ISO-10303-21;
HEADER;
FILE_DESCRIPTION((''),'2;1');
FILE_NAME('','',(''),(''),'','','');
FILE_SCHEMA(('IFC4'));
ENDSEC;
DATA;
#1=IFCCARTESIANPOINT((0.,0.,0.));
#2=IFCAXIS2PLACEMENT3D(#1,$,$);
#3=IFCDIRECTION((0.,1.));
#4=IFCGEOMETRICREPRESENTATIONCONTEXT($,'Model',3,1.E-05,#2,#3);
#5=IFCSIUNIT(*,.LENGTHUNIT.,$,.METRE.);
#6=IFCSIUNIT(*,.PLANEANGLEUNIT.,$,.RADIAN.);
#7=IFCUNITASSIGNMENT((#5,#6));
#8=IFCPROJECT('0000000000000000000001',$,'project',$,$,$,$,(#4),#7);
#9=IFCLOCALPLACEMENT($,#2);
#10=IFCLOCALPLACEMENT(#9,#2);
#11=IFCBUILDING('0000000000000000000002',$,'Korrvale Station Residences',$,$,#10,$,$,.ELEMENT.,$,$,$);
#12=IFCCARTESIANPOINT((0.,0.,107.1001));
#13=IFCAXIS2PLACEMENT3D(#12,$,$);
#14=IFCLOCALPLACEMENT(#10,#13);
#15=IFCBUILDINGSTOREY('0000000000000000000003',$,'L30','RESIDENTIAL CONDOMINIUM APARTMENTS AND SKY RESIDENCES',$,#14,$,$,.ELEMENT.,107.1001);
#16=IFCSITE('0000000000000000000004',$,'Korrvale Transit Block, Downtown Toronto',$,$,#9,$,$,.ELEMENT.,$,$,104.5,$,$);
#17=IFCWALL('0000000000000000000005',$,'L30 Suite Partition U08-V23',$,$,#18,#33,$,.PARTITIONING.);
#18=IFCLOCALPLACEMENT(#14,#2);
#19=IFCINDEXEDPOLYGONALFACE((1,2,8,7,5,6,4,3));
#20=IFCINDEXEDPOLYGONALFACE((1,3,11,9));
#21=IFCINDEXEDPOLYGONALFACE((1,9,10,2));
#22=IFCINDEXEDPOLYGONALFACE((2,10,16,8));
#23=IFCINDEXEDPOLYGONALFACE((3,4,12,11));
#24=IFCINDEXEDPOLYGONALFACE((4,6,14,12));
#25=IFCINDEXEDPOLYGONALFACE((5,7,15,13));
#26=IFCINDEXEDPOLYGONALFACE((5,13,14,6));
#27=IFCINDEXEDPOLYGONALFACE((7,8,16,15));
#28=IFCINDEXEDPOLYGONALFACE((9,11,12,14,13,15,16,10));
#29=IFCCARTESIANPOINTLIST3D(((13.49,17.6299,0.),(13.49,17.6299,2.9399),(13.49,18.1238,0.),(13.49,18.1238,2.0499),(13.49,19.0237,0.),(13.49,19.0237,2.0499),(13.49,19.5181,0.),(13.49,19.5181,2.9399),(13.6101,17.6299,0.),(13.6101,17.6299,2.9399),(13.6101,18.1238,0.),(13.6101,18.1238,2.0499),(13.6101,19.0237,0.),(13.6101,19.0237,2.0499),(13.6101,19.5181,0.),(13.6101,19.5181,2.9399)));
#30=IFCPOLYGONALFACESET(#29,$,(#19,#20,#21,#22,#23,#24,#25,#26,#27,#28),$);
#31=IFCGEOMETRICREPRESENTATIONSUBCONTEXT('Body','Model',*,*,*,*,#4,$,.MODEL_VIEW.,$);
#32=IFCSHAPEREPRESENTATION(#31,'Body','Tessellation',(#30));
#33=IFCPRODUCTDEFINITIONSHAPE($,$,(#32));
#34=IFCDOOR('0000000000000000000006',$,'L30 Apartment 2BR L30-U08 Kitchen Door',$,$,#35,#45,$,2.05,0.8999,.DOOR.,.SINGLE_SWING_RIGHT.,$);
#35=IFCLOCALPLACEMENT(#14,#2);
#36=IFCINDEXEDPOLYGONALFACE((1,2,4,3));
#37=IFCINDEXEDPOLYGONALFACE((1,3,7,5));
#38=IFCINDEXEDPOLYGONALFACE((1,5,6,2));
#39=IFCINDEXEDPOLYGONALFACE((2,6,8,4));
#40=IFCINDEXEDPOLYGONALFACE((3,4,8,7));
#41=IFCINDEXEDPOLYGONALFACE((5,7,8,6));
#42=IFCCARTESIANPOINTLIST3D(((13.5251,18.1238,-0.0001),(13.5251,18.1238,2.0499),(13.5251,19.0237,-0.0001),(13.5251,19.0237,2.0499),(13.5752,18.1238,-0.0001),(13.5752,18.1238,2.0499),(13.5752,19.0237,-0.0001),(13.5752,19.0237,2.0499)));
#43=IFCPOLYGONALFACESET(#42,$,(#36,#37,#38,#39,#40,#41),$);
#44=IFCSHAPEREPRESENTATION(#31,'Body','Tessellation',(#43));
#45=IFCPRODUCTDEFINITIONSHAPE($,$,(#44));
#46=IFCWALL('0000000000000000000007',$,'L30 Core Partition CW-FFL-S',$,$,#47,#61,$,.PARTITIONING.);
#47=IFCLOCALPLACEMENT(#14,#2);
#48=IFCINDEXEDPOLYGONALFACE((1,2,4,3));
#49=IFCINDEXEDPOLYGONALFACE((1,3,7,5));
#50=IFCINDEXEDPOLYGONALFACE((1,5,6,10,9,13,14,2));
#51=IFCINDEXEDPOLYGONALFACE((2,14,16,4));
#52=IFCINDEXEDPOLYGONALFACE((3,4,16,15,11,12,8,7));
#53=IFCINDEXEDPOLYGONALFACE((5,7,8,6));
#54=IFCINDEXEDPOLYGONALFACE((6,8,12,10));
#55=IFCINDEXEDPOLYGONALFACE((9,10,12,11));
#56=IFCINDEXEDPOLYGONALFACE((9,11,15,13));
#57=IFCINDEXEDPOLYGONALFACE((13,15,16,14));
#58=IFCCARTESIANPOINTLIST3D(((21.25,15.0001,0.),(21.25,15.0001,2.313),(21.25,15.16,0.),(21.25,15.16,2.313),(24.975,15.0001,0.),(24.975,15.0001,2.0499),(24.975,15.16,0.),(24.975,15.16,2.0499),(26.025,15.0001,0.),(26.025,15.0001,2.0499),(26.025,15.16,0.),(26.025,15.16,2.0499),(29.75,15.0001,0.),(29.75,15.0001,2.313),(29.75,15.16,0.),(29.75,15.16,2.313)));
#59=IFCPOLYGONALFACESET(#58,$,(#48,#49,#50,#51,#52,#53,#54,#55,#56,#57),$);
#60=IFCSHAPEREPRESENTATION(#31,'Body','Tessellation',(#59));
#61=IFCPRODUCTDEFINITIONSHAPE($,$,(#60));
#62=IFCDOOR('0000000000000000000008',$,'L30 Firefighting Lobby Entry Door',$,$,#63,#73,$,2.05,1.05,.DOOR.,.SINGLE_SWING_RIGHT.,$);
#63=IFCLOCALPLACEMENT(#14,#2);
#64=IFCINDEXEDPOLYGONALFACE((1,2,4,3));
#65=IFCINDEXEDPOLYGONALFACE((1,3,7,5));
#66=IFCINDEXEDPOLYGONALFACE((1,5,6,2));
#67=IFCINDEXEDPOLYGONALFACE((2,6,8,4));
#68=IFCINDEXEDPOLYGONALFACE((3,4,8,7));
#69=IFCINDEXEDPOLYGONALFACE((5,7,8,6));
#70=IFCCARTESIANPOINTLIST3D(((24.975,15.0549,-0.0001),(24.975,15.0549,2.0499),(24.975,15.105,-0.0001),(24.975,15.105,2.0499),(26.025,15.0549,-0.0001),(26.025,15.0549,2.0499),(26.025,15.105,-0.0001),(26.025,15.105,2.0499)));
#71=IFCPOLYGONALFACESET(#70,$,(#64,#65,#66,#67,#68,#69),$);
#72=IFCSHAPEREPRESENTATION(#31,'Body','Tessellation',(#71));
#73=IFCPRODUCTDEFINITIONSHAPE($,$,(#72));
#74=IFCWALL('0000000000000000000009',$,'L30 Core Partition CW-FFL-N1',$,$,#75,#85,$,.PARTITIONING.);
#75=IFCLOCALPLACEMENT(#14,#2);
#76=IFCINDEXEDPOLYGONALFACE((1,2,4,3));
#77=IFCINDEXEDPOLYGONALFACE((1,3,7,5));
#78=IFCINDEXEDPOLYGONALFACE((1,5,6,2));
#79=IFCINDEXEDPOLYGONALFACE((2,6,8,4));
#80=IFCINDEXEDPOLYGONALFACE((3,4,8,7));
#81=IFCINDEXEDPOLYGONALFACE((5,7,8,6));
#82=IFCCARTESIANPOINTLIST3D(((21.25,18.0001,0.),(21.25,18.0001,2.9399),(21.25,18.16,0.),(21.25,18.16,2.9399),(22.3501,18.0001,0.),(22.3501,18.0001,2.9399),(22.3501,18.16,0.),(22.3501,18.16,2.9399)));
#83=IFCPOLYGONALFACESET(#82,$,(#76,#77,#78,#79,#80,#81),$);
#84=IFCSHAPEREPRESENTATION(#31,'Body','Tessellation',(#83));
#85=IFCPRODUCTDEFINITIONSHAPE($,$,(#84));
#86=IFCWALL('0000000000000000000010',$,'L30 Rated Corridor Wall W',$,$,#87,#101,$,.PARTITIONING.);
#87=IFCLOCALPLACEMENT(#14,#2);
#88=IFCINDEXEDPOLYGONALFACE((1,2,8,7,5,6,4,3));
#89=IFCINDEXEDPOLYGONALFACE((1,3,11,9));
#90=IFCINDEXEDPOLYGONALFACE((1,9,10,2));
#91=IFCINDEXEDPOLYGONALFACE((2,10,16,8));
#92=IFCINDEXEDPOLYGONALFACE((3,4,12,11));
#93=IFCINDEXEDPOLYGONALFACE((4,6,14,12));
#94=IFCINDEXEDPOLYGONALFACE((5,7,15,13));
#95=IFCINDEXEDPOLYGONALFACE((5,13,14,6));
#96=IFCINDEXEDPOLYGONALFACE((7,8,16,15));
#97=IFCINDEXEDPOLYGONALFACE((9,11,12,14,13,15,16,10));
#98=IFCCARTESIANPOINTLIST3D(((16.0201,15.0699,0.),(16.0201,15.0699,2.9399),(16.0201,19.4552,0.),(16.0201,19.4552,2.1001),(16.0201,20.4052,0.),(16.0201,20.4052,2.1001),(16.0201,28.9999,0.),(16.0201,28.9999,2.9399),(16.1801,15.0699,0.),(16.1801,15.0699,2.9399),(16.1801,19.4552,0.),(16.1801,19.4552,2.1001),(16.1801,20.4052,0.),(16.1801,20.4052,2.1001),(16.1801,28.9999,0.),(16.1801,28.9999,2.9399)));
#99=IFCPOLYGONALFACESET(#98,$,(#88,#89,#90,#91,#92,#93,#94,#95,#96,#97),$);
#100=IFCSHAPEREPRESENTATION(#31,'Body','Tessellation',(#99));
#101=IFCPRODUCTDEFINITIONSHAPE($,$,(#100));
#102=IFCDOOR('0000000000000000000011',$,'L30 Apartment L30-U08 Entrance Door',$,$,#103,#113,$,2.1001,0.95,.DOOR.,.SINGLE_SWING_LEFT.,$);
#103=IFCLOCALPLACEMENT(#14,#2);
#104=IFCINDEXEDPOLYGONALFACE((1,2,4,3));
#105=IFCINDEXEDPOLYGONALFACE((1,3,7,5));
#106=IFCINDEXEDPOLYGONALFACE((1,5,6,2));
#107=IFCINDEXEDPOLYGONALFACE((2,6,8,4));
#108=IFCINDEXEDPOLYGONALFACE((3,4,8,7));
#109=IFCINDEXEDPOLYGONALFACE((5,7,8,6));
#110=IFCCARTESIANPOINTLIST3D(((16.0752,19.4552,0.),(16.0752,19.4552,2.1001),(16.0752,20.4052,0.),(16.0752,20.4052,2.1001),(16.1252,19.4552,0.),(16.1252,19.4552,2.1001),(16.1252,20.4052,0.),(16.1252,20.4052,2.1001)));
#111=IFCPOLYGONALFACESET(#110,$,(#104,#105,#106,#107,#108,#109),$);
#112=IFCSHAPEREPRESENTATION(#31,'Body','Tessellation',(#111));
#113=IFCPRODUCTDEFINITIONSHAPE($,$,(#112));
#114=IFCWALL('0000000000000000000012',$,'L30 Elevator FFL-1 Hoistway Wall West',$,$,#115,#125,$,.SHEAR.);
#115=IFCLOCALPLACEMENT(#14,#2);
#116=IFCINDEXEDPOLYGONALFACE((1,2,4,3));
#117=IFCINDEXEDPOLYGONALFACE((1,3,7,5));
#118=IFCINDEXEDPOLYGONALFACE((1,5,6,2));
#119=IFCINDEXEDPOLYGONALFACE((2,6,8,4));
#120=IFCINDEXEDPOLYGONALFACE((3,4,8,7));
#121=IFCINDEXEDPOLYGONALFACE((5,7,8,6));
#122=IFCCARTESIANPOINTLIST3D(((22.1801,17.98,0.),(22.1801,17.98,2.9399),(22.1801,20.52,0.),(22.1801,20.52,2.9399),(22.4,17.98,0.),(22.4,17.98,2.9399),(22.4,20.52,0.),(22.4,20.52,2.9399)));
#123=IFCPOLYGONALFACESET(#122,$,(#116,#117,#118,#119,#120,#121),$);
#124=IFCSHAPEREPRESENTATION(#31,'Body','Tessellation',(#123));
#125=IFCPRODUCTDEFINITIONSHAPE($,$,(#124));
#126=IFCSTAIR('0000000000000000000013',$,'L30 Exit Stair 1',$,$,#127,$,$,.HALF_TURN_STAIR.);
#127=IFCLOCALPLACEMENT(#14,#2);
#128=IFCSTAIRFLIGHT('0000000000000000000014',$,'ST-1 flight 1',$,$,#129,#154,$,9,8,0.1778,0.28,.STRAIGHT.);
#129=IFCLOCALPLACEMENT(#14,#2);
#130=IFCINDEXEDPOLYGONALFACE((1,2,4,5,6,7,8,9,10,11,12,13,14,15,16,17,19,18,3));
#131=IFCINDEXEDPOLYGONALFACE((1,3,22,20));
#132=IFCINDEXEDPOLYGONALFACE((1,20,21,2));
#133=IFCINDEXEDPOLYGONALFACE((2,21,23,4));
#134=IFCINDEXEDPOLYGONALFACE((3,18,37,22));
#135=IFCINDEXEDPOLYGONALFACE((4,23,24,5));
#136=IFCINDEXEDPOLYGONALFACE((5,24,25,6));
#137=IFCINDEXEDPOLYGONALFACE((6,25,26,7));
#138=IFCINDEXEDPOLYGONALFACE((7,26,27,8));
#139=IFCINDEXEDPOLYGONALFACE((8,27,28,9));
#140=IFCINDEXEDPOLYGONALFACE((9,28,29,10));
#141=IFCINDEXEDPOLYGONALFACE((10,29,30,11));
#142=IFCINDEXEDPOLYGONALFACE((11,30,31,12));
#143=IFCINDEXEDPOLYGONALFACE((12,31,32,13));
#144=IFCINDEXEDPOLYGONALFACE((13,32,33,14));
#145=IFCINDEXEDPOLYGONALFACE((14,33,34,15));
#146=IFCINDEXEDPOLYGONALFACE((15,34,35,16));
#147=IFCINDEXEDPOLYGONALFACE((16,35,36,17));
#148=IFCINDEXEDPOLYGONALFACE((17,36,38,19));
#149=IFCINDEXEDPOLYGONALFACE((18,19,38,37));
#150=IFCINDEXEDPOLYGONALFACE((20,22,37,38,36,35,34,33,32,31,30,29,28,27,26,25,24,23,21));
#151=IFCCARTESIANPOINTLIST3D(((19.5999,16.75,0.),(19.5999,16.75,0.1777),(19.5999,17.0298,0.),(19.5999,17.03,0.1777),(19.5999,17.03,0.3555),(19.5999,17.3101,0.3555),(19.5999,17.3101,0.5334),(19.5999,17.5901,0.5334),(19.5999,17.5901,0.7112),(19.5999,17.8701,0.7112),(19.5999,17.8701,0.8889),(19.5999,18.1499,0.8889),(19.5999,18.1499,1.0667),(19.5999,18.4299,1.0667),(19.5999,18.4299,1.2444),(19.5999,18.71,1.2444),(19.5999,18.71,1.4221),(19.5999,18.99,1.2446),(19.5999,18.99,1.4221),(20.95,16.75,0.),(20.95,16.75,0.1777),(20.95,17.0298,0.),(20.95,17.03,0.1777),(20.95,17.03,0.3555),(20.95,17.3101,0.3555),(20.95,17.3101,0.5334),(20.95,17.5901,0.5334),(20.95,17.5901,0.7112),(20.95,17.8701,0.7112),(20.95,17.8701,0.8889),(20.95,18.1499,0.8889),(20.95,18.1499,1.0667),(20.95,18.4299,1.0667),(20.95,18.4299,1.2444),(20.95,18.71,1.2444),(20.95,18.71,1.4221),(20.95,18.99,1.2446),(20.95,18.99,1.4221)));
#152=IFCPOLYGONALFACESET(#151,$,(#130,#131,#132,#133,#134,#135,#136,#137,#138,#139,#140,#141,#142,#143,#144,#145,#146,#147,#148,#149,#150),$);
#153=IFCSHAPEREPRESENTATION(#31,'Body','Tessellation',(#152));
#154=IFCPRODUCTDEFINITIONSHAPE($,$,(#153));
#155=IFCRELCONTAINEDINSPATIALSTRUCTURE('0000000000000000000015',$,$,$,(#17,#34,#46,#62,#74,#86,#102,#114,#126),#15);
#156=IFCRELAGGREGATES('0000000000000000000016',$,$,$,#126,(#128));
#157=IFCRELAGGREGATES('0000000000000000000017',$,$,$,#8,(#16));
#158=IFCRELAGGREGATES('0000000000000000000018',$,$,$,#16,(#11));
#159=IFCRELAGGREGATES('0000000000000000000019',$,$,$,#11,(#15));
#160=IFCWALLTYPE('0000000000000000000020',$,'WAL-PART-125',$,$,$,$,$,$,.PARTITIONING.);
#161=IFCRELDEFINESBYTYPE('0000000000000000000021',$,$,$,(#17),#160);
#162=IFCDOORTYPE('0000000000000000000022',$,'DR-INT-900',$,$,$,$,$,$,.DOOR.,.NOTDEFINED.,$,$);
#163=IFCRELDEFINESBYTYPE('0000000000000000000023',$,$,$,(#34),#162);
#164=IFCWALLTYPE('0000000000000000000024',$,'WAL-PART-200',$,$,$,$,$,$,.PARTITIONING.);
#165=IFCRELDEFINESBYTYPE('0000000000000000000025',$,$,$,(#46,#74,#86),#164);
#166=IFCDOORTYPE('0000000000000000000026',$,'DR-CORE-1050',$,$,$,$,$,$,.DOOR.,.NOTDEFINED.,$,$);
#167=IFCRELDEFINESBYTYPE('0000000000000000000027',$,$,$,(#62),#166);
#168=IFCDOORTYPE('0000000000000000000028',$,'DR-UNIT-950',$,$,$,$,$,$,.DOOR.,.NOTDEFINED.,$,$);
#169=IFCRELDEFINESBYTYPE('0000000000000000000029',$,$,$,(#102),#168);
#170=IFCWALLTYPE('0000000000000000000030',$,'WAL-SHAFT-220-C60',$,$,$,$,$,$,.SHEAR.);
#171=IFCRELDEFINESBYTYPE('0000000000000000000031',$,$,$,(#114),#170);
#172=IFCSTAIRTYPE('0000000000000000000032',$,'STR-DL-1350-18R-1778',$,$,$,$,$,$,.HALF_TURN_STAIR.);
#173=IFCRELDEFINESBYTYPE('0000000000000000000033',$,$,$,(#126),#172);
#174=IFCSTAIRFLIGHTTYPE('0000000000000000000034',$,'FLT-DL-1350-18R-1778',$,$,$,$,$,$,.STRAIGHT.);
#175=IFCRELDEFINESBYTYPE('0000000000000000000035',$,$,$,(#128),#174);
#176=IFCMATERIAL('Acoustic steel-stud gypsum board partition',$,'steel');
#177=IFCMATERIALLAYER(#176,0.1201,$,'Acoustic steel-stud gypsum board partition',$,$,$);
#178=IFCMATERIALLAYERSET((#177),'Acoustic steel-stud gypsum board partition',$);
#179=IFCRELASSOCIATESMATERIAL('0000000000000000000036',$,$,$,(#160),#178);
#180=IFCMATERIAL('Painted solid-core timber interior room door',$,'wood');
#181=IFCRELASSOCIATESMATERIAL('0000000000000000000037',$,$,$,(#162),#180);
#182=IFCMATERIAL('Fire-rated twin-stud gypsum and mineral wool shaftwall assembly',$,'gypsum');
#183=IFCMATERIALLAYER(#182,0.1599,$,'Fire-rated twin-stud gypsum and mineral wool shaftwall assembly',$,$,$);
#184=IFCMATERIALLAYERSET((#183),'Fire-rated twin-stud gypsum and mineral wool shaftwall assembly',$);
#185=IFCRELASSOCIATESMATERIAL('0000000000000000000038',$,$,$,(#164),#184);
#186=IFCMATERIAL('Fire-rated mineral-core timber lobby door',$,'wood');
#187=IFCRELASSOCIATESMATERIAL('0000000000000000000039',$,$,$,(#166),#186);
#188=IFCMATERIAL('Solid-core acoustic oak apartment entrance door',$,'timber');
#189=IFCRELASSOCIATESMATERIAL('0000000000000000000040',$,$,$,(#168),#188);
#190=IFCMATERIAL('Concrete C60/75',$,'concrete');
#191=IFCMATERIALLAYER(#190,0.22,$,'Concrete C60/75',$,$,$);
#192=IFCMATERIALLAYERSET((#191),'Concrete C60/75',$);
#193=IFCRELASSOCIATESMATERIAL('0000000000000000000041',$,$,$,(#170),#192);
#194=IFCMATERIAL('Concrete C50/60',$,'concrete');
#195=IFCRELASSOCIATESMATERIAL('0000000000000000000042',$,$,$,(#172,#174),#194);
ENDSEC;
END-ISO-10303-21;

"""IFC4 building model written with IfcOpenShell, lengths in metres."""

from ifc_helpers import new_model, si_unit, direction, frame, frame_2d, origin, place, context, subcontext, project, spatial, polyline, rectangle, outline, extrude, material, layer, layer_set, type_object, element, fill, aggregate, save


model = new_model("IFC4")

# Units and contexts
model_context = context("Model", 3, precision=1e-05, world=origin(), true_north=direction((0.0, 1.0)))
body_context = subcontext(model_context, "Body", "Model", "MODEL_VIEW")
ifc_project = project(units=[si_unit("LENGTHUNIT", "METRE"), si_unit("PLANEANGLEUNIT", "RADIAN")], contexts=[model_context])

# Site, building, storey
site_placement = place(None, origin())
site = spatial("IfcSite", under=ifc_project, at=site_placement, Name="Korrvale Transit Block, Downtown Toronto", CompositionType="ELEMENT", RefElevation=104.5)
building_placement = place(site_placement, origin())
building = spatial("IfcBuilding", under=site, at=building_placement, Name="Korrvale Station Residences", CompositionType="ELEMENT")
storey_placement = place(building_placement, frame((0.0, 0.0, 107.1001)))
storey = spatial("IfcBuildingStorey", under=building, at=storey_placement, Name="L30", Description="RESIDENTIAL CONDOMINIUM APARTMENTS AND SKY RESIDENCES", CompositionType="ELEMENT", Elevation=107.1001)

# Shared definitions
ifc_material_1 = material(Name="Concrete C60/75", Category="concrete")

# Shared definitions
ifc_material_2 = material(Name="Acoustic steel-stud gypsum board partition", Category="steel")
ifc_layer_1 = layer(ifc_material_2, 0.1201, Name="Acoustic steel-stud gypsum board partition")
ifc_layer_set_1 = layer_set([ifc_layer_1], Name="Acoustic steel-stud gypsum board partition")
wall_type_1 = type_object("IfcWallType", Name="WAL-PART-125", PredefinedType="PARTITIONING", material=ifc_layer_set_1)

# Walls, openings, doors
wall_1_placement = place(storey_placement, frame((13.55, 17.6299, 0.0), z_axis=(0.0, 0.0, 1.0), x_axis=(0.0, 1.0, 0.0)))
wall_1 = element("IfcWall", 1, at=wall_1_placement, inside=storey, type_object=wall_type_1, Name="L30 Suite Partition U08-V23", PredefinedType="PARTITIONING", context=body_context, shape_type="SweptSolid", body=[
    extrude(rectangle(XDim=1.8882, YDim=0.1201, at=frame_2d((0.9441, 0.0))), origin(), (0.0, 0.0, 1.0), 2.9399),
])
opening_1_placement = place(wall_1_placement, frame((0.4939, 0.0, 0.0)))
opening_1 = element("IfcOpeningElement", 2, at=opening_1_placement, cuts=wall_1, PredefinedType="OPENING", context=body_context, shape_type="SweptSolid", body=[
    extrude(rectangle(XDim=0.8999, YDim=2.05, at=frame_2d((0.45, 1.0249))), frame((0.0, 0.0701, 0.0), z_axis=(0.0, -1.0, 0.0), x_axis=(1.0, 0.0, 0.0)), (0.0, 0.0, 1.0), 0.1401),
])
ifc_material_3 = material(Name="Painted solid-core timber interior room door", Category="wood")
door_type_1 = type_object("IfcDoorType", Name="DR-INT-900", OperationType="NOTDEFINED", PredefinedType="DOOR", material=ifc_material_3)
door_1_placement = place(opening_1_placement, origin())
door_1 = element("IfcDoor", 3, at=door_1_placement, inside=storey, type_object=door_type_1, Name="L30 Apartment 2BR L30-U08 Kitchen Door", OperationType="SINGLE_SWING_RIGHT", OverallHeight=2.05, OverallWidth=0.8999, PredefinedType="DOOR", context=body_context, shape_type="SweptSolid", body=[
    extrude(rectangle(XDim=0.8999, YDim=2.05, at=frame_2d((0.45, 1.0249))), frame((0.0, 0.0249, 0.0), z_axis=(0.0, -1.0, 0.0), x_axis=(1.0, 0.0, 0.0)), (0.0, 0.0, 1.0), 0.05),
])
fill(opening_1, door_1)
ifc_material_4 = material(Name="Fire-rated twin-stud gypsum and mineral wool shaftwall assembly", Category="gypsum")
ifc_layer_2 = layer(ifc_material_4, 0.1599, Name="Fire-rated twin-stud gypsum and mineral wool shaftwall assembly")
ifc_layer_set_2 = layer_set([ifc_layer_2], Name="Fire-rated twin-stud gypsum and mineral wool shaftwall assembly")
wall_type_2 = type_object("IfcWallType", Name="WAL-PART-200", PredefinedType="PARTITIONING", material=ifc_layer_set_2)
wall_2_placement = place(storey_placement, frame((21.25, 15.0801, 0.0), z_axis=(0.0, 0.0, 1.0), x_axis=(1.0, 0.0, 0.0)))
wall_2 = element("IfcWall", 4, at=wall_2_placement, inside=storey, type_object=wall_type_2, Name="L30 Core Partition CW-FFL-S", PredefinedType="PARTITIONING", context=body_context, shape_type="SweptSolid", body=[
    extrude(rectangle(XDim=8.5, YDim=0.1599, at=frame_2d((4.25, 0.0))), origin(), (0.0, 0.0, 1.0), 2.313),
])
opening_2_placement = place(wall_2_placement, frame((3.7251, 0.0, 0.0)))
opening_2 = element("IfcOpeningElement", 5, at=opening_2_placement, cuts=wall_2, PredefinedType="OPENING", context=body_context, shape_type="SweptSolid", body=[
    extrude(rectangle(XDim=1.05, YDim=2.05, at=frame_2d((0.5249, 1.0249))), frame((0.0, 0.0898, 0.0), z_axis=(0.0, -1.0, 0.0), x_axis=(1.0, 0.0, 0.0)), (0.0, 0.0, 1.0), 0.1799),
])
ifc_material_5 = material(Name="Fire-rated mineral-core timber lobby door", Category="wood")
door_type_2 = type_object("IfcDoorType", Name="DR-CORE-1050", OperationType="NOTDEFINED", PredefinedType="DOOR", material=ifc_material_5)
door_2_placement = place(opening_2_placement, origin())
door_2 = element("IfcDoor", 6, at=door_2_placement, inside=storey, type_object=door_type_2, Name="L30 Firefighting Lobby Entry Door", OperationType="SINGLE_SWING_RIGHT", OverallHeight=2.05, OverallWidth=1.05, PredefinedType="DOOR", context=body_context, shape_type="SweptSolid", body=[
    extrude(rectangle(XDim=1.05, YDim=2.05, at=frame_2d((0.5249, 1.0249))), frame((0.0, 0.0249, 0.0), z_axis=(0.0, -1.0, 0.0), x_axis=(1.0, 0.0, 0.0)), (0.0, 0.0, 1.0), 0.05),
])
fill(opening_2, door_2)

# Wall
wall_3_placement = place(storey_placement, frame((21.25, 18.0801, 0.0), z_axis=(0.0, 0.0, 1.0), x_axis=(1.0, 0.0, 0.0)))
element("IfcWall", 7, at=wall_3_placement, inside=storey, type_object=wall_type_2, Name="L30 Core Partition CW-FFL-N1", PredefinedType="PARTITIONING", context=body_context, shape_type="SweptSolid", body=[
    extrude(rectangle(XDim=1.1001, YDim=0.1599, at=frame_2d((0.55, 0.0))), origin(), (0.0, 0.0, 1.0), 2.9399),
])

# Wall, opening, door
wall_4_placement = place(storey_placement, frame((16.1001, 15.0701, 0.0), z_axis=(0.0, 0.0, 1.0), x_axis=(0.0, 1.0, 0.0)))
wall_4 = element("IfcWall", 8, at=wall_4_placement, inside=storey, type_object=wall_type_2, Name="L30 Rated Corridor Wall W", PredefinedType="PARTITIONING", context=body_context, shape_type="SweptSolid", body=[
    extrude(rectangle(XDim=13.9299, YDim=0.1599, at=frame_2d((6.9648, 0.0))), origin(), (0.0, 0.0, 1.0), 2.9399),
])
opening_3_placement = place(wall_4_placement, frame((4.385, 0.0, 0.0)))
opening_3 = element("IfcOpeningElement", 9, at=opening_3_placement, cuts=wall_4, PredefinedType="OPENING", context=body_context, shape_type="SweptSolid", body=[
    extrude(rectangle(XDim=0.95, YDim=2.1001, at=frame_2d((0.4751, 1.05))), frame((0.0, 0.0898, 0.0), z_axis=(0.0, -1.0, 0.0), x_axis=(1.0, 0.0, 0.0)), (0.0, 0.0, 1.0), 0.1799),
])
ifc_material_6 = material(Name="Solid-core acoustic oak apartment entrance door", Category="timber")
door_type_3 = type_object("IfcDoorType", Name="DR-UNIT-950", OperationType="NOTDEFINED", PredefinedType="DOOR", material=ifc_material_6)
door_3_placement = place(opening_3_placement, origin())
door_3 = element("IfcDoor", 10, at=door_3_placement, inside=storey, type_object=door_type_3, Name="L30 Apartment L30-U08 Entrance Door", OperationType="SINGLE_SWING_LEFT", OverallHeight=2.1001, OverallWidth=0.95, PredefinedType="DOOR", context=body_context, shape_type="SweptSolid", body=[
    extrude(rectangle(XDim=0.95, YDim=2.1001, at=frame_2d((0.4751, 1.05))), frame((0.0, 0.0249, 0.0), z_axis=(0.0, -1.0, 0.0), x_axis=(1.0, 0.0, 0.0)), (0.0, 0.0, 1.0), 0.05),
])
fill(opening_3, door_3)
ifc_layer_3 = layer(ifc_material_1, 0.22, Name="Concrete C60/75")
ifc_layer_set_3 = layer_set([ifc_layer_3], Name="Concrete C60/75")
wall_type_3 = type_object("IfcWallType", Name="WAL-SHAFT-220-C60", PredefinedType="SHEAR", material=ifc_layer_set_3)

# Wall
wall_5_placement = place(storey_placement, frame((22.29, 17.98, 0.0), z_axis=(0.0, 0.0, 1.0), x_axis=(0.0, 1.0, 0.0)))
element("IfcWall", 11, at=wall_5_placement, inside=storey, type_object=wall_type_3, Name="L30 Elevator FFL-1 Hoistway Wall West", PredefinedType="SHEAR", context=body_context, shape_type="SweptSolid", body=[
    extrude(rectangle(XDim=2.54, YDim=0.22, at=frame_2d((1.27, 0.0))), origin(), (0.0, 0.0, 1.0), 2.9399),
])

# Stair, stair flight
ifc_material_7 = material(Name="Concrete C50/60", Category="concrete")
stair_type = type_object("IfcStairType", Name="STR-DL-1350-18R-1778", PredefinedType="HALF_TURN_STAIR", material=ifc_material_7)
stair_placement = place(storey_placement, origin())
stair = element("IfcStair", 12, at=stair_placement, inside=storey, type_object=stair_type, Name="L30 Exit Stair 1", PredefinedType="HALF_TURN_STAIR")
stair_flight_type = type_object("IfcStairFlightType", Name="FLT-DL-1350-18R-1778", PredefinedType="STRAIGHT", material=ifc_material_7)
stair_flight_1_placement = place(storey_placement, frame((20.2749, 16.75, 0.0), z_axis=(0.0, 0.0, 1.0), x_axis=(0.0, 1.0, 0.0)))
stair_flight_1 = element("IfcStairFlight", 13, at=stair_flight_1_placement, type_object=stair_flight_type, Name="ST-1 flight 1", NumberOfRisers=9, NumberOfTreads=8, PredefinedType="STRAIGHT", RiserHeight=0.1778, TreadLength=0.28, context=body_context, shape_type="SweptSolid", body=[
    extrude(outline(polyline([(0.0, 0.0), (0.0, 0.1777), (0.28, 0.1777), (0.28, 0.3555), (0.5601, 0.3555), (0.5601, 0.5334), (0.8401, 0.5334), (0.8401, 0.7112), (1.1201, 0.7112), (1.1201, 0.8889), (1.3999, 0.8889), (1.3999, 1.0667), (1.6799, 1.0667), (1.6799, 1.2444), (1.96, 1.2444), (1.96, 1.4221), (2.24, 1.4221), (2.24, 1.6001), (2.24, 1.2446), (0.2798, 0.0), (0.0, 0.0)])), frame((0.0, 0.675, 0.0), z_axis=(0.0, -1.0, 0.0), x_axis=(1.0, 0.0, 0.0)), (0.0, 0.0, 1.0), 1.3501),
])
aggregate(stair, [stair_flight_1])

save(model, "model.ifc")
